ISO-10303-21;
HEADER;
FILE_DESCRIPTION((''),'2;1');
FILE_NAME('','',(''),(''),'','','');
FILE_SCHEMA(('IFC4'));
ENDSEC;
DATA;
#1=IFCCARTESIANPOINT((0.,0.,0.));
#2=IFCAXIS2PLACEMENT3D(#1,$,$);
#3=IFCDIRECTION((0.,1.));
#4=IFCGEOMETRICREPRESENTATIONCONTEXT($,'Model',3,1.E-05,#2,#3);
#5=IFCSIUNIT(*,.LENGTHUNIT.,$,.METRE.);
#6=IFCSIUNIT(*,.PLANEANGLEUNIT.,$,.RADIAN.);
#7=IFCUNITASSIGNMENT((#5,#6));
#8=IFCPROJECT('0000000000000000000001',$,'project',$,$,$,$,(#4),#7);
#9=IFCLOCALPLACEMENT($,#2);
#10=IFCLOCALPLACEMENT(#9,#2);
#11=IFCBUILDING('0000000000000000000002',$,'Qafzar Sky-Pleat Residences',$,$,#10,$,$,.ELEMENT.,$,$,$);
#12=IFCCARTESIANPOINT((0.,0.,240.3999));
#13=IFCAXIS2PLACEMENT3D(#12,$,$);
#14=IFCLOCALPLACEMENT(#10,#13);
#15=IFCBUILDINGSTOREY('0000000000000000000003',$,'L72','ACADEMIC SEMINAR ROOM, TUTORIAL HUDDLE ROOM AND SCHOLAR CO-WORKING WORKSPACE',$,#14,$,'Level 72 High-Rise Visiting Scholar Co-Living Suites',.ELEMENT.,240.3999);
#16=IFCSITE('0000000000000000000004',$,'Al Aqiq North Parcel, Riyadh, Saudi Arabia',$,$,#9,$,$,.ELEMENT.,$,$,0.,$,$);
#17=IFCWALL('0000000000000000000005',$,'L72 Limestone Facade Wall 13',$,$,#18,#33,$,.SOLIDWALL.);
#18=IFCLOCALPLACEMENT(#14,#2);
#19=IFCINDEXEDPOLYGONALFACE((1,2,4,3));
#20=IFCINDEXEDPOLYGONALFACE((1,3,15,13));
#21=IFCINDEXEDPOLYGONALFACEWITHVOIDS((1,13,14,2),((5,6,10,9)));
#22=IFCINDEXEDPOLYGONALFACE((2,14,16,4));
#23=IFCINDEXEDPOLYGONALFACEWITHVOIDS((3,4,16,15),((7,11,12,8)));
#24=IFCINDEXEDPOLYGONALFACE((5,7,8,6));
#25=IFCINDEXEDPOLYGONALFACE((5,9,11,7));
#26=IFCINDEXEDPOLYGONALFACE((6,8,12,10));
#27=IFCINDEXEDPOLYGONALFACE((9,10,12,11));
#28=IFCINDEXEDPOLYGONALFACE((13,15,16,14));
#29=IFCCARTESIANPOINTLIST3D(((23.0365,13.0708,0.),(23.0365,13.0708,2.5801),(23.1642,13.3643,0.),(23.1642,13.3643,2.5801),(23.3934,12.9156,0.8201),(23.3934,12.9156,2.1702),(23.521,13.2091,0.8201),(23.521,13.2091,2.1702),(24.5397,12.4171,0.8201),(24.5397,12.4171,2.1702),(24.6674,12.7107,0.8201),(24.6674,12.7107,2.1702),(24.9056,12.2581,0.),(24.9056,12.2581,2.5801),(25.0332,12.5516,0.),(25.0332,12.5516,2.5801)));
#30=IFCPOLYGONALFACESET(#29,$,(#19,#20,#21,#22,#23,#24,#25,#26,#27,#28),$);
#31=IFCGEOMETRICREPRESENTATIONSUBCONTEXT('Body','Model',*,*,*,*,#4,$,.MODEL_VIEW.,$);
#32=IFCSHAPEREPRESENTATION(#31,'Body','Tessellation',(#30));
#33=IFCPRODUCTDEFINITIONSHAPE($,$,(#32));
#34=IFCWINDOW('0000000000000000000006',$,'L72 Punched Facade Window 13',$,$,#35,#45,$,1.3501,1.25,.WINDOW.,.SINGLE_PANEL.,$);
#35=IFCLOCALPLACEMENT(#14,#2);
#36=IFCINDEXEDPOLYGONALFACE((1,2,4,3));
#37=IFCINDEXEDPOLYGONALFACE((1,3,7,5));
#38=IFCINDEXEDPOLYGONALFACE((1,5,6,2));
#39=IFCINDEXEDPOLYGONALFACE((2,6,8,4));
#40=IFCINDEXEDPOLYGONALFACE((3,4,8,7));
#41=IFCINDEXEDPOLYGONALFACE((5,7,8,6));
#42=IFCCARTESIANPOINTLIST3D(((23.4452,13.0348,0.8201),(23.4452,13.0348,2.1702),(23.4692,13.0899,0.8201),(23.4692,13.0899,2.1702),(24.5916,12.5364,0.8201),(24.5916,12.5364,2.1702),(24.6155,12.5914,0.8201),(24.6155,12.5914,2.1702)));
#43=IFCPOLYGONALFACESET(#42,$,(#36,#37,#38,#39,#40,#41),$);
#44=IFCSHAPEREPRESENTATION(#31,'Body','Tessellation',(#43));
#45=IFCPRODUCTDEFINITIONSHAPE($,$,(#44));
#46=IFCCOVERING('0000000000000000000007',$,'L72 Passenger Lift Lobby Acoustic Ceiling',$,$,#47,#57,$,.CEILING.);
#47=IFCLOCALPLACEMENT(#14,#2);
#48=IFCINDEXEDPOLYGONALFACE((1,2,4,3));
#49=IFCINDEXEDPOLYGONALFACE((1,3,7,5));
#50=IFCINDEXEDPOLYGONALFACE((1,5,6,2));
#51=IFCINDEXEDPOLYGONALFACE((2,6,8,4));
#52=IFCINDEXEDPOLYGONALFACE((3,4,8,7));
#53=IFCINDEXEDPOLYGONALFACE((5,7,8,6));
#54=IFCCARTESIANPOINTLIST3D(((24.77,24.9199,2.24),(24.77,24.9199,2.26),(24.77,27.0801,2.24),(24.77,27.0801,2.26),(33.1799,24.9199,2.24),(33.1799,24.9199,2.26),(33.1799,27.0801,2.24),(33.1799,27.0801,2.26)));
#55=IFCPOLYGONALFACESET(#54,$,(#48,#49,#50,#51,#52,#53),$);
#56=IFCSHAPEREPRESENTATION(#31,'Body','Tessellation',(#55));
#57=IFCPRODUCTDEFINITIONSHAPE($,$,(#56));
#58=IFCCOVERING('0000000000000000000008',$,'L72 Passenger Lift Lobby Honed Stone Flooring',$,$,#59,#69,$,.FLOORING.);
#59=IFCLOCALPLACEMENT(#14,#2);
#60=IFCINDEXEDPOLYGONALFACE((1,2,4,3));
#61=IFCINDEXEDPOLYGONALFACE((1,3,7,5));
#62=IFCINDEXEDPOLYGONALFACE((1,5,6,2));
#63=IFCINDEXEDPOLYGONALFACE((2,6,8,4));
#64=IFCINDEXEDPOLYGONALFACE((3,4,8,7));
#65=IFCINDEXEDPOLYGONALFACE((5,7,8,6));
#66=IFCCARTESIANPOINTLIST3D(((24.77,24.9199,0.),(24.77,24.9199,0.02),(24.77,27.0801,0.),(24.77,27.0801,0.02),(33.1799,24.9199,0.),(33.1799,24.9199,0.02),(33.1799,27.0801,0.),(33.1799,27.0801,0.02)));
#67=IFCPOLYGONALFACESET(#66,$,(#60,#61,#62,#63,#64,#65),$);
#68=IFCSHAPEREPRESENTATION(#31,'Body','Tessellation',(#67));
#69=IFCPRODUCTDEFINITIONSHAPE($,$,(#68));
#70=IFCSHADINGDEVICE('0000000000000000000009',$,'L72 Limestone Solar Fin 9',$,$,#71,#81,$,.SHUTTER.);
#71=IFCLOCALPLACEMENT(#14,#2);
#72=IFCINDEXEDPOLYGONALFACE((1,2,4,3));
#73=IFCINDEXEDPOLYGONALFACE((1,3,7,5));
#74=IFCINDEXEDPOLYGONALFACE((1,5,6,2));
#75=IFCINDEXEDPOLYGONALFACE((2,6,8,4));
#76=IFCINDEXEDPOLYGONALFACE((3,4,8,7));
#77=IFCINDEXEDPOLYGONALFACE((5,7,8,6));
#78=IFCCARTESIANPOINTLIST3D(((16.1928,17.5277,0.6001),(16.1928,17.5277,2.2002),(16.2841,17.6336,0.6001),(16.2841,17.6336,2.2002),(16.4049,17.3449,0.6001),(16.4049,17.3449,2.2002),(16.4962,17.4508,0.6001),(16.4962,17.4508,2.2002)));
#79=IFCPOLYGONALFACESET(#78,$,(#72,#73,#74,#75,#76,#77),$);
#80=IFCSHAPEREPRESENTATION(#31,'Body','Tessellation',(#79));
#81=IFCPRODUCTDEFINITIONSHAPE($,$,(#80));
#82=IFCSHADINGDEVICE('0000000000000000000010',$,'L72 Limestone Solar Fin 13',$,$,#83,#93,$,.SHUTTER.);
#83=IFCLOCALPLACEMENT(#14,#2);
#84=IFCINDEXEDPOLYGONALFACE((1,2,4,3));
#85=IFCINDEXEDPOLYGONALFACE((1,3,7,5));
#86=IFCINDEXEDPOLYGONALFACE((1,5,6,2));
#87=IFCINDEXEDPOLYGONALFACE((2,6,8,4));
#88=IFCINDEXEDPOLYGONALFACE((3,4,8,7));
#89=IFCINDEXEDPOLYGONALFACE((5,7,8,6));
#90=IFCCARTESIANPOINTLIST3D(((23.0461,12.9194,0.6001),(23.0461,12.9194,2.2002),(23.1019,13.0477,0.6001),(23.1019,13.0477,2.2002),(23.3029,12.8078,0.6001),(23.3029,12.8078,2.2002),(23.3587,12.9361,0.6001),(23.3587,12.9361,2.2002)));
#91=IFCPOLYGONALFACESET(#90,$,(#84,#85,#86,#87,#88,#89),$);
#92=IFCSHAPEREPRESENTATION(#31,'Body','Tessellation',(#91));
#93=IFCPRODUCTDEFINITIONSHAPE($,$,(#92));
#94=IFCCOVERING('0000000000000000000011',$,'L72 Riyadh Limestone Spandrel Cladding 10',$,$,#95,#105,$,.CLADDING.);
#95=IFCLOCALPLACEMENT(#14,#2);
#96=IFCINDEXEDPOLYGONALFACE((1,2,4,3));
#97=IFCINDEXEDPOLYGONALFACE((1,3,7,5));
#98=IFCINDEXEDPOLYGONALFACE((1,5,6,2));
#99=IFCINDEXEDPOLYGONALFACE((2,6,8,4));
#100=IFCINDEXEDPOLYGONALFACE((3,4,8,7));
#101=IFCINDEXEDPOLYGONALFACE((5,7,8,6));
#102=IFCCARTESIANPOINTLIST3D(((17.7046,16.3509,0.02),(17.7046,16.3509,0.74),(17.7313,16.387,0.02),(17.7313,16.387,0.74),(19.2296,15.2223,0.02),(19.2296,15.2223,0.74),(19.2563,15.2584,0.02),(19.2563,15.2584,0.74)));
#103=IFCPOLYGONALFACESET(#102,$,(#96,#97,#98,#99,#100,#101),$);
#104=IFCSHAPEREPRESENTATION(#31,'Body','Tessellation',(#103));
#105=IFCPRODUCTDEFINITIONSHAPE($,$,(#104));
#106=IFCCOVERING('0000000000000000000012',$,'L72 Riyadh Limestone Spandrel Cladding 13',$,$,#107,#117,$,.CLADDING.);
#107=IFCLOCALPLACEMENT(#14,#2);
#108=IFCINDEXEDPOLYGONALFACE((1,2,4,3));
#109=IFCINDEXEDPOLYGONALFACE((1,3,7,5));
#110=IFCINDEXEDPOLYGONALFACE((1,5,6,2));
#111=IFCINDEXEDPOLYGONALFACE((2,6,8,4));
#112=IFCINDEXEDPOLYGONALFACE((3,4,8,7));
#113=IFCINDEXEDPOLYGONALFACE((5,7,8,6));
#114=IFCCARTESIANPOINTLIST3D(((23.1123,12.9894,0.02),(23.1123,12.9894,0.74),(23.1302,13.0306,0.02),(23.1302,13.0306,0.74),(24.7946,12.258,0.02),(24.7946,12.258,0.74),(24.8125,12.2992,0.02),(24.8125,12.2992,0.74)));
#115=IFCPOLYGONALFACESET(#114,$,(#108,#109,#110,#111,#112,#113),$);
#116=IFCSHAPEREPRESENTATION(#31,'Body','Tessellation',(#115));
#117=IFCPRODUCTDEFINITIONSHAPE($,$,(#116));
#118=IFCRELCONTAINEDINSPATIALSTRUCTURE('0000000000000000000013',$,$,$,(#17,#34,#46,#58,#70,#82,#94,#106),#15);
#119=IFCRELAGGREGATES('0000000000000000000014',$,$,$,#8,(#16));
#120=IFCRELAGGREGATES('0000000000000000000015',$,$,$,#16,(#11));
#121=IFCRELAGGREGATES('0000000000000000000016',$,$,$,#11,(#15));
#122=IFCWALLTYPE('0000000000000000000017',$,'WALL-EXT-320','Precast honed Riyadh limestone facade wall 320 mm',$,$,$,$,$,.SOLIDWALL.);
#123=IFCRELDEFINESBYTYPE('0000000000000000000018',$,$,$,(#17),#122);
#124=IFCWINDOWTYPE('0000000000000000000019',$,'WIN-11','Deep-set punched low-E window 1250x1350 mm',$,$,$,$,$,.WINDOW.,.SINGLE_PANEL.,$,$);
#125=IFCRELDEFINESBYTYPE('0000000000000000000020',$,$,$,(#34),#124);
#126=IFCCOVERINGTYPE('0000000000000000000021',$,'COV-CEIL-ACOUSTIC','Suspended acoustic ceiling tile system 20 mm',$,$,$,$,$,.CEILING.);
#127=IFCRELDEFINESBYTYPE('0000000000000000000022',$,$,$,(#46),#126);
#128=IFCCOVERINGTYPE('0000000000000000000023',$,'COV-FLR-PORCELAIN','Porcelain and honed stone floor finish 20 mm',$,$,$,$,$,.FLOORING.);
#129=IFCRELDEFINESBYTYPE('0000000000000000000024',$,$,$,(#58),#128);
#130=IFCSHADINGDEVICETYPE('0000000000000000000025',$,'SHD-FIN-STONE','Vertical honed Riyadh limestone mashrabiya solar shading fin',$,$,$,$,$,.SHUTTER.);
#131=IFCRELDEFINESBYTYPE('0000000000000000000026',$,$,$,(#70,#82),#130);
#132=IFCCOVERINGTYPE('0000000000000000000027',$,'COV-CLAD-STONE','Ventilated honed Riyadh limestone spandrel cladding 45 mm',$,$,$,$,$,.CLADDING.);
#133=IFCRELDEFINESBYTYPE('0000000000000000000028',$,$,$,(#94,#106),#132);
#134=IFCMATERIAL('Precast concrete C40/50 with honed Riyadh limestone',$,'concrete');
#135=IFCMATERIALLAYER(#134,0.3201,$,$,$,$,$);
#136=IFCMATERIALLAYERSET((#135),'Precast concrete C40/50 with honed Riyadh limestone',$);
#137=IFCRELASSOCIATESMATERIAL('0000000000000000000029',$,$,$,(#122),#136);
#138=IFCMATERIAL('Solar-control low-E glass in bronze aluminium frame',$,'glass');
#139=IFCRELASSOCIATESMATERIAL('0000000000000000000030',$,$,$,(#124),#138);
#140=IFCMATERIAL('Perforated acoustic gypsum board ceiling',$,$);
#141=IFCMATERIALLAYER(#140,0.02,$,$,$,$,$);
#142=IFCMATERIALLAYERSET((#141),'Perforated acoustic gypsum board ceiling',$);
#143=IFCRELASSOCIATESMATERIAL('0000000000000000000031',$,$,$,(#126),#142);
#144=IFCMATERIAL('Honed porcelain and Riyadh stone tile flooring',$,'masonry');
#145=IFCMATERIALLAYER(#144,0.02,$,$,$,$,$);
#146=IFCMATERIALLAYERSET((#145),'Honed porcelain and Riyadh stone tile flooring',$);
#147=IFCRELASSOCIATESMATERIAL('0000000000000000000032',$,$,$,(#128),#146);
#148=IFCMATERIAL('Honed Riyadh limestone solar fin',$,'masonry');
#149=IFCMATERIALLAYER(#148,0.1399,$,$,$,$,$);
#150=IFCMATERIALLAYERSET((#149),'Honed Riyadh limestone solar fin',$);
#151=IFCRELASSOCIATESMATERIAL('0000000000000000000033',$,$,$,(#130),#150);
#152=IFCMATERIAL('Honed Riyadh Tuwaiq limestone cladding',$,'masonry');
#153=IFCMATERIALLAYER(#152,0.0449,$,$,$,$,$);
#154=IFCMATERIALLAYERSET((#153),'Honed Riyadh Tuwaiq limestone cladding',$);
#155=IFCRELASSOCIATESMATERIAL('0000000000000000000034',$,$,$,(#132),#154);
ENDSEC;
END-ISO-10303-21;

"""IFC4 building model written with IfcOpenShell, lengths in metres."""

from ifc_helpers import new_model, si_unit, direction, frame, frame_2d, origin, origin_2d, place, context, subcontext, project, spatial, polyline, rectangle, outline, extrude, source, transform, mapped, material, layer, layer_set, type_object, element, fill, save


model = new_model("IFC4")

# Units and contexts
model_context = context("Model", 3, precision=1e-05, world=origin(), true_north=direction((0.0, 1.0)))
body_context = subcontext(model_context, "Body", "Model", "MODEL_VIEW")
ifc_project = project(units=[si_unit("LENGTHUNIT", "METRE"), si_unit("PLANEANGLEUNIT", "RADIAN")], contexts=[model_context])

# Site, building, storey
site_placement = place(None, origin())
site = spatial("IfcSite", under=ifc_project, at=site_placement, Name="Al Aqiq North Parcel, Riyadh, Saudi Arabia", CompositionType="ELEMENT", RefElevation=0.0)
building_placement = place(site_placement, origin())
building = spatial("IfcBuilding", under=site, at=building_placement, Name="Qafzar Sky-Pleat Residences", CompositionType="ELEMENT")
storey_placement = place(building_placement, frame((0.0, 0.0, 240.3999)))
storey = spatial("IfcBuildingStorey", under=building, at=storey_placement, Name="L72", Description="ACADEMIC SEMINAR ROOM, TUTORIAL HUDDLE ROOM AND SCHOLAR CO-WORKING WORKSPACE", LongName="Level 72 High-Rise Visiting Scholar Co-Living Suites", CompositionType="ELEMENT", Elevation=240.3999)

# Wall, opening, window
ifc_material_1 = material(Name="Precast concrete C40/50 with honed Riyadh limestone", Category="concrete")
ifc_layer_1 = layer(ifc_material_1, 0.3201)
ifc_layer_set_1 = layer_set([ifc_layer_1], Name="Precast concrete C40/50 with honed Riyadh limestone")
wall_type_1 = type_object("IfcWallType", Name="WALL-EXT-320", Description="Precast honed Riyadh limestone facade wall 320 mm", PredefinedType="SOLIDWALL", material=ifc_layer_set_1)
ifc_material_2 = material(Name="Solar-control low-E glass in bronze aluminium frame", Category="glass")
window_type_1 = type_object("IfcWindowType", Name="WIN-11", Description="Deep-set punched low-E window 1250x1350 mm", PartitioningType="SINGLE_PANEL", PredefinedType="WINDOW", material=ifc_material_2)
shared_shape_1 = source(origin(), body_context, "Body", "SweptSolid", [
    extrude(rectangle(XDim=1.25, YDim=1.3501, at=frame_2d((0.625, 0.675))), frame((0.0, 0.03, 0.0), z_axis=(0.0, -1.0, 0.0), x_axis=(1.0, 0.0, 0.0)), (0.0, 0.0, 1.0), 0.0601),
])
wall_1_placement = place(storey_placement, frame((23.1003, 13.2175, 0.0), z_axis=(0.0, 0.0, 1.0), x_axis=(0.917057, -0.398757, 0.0)))
wall_1 = element("IfcWall", 1, at=wall_1_placement, inside=storey, type_object=wall_type_1, Name="L72 Limestone Facade Wall 13", PredefinedType="SOLIDWALL", context=body_context, shape_type="SweptSolid", body=[
    extrude(rectangle(XDim=2.0381, YDim=0.3201, at=frame_2d((1.019, 0.0))), origin(), (0.0, 0.0, 1.0), 2.5801),
])
opening_1_placement = place(wall_1_placement, frame((0.3892, 0.0, 0.8201)))
opening_1 = element("IfcOpeningElement", 2, at=opening_1_placement, cuts=wall_1, PredefinedType="OPENING", context=body_context, shape_type="SweptSolid", body=[
    extrude(rectangle(XDim=1.25, YDim=1.3501, at=frame_2d((0.625, 0.675))), frame((0.0, 0.1699, 0.0), z_axis=(0.0, -1.0, 0.0), x_axis=(1.0, 0.0, 0.0)), (0.0, 0.0, 1.0), 0.3401),
])
window_1_placement = place(opening_1_placement, origin())
window_1 = element("IfcWindow", 3, at=window_1_placement, inside=storey, type_object=window_type_1, Name="L72 Punched Facade Window 13", OverallHeight=1.3501, OverallWidth=1.25, PartitioningType="SINGLE_PANEL", PredefinedType="WINDOW", context=body_context, shape_type="MappedRepresentation", body=[
    mapped(shared_shape_1, transform((0.0, 0.0, 0.0), x_axis=(1.0, 0.0, 0.0), y_axis=(0.0, 1.0, 0.0), z_axis=(0.0, 0.0, 1.0), scale=1.0)),
])
fill(opening_1, window_1)

# Coverings
ifc_material_3 = material(Name="Perforated acoustic gypsum board ceiling")
ifc_layer_2 = layer(ifc_material_3, 0.02)
ifc_layer_set_2 = layer_set([ifc_layer_2], Name="Perforated acoustic gypsum board ceiling")
covering_type_1 = type_object("IfcCoveringType", Name="COV-CEIL-ACOUSTIC", Description="Suspended acoustic ceiling tile system 20 mm", PredefinedType="CEILING", material=ifc_layer_set_2)
covering_1_placement = place(storey_placement, frame((0.0, 0.0, 2.24)))
element("IfcCovering", 4, at=covering_1_placement, inside=storey, type_object=covering_type_1, Name="L72 Passenger Lift Lobby Acoustic Ceiling", PredefinedType="CEILING", context=body_context, shape_type="SweptSolid", body=[
    extrude(outline(polyline([(33.1799, 24.9199), (24.77, 24.9199), (24.77, 27.0801), (33.1799, 27.0801), (33.1799, 24.9199)])), origin(), (0.0, 0.0, 1.0), 0.02),
])
ifc_material_4 = material(Name="Honed porcelain and Riyadh stone tile flooring", Category="masonry")
ifc_layer_3 = layer(ifc_material_4, 0.02)
ifc_layer_set_3 = layer_set([ifc_layer_3], Name="Honed porcelain and Riyadh stone tile flooring")
covering_type_2 = type_object("IfcCoveringType", Name="COV-FLR-PORCELAIN", Description="Porcelain and honed stone floor finish 20 mm", PredefinedType="FLOORING", material=ifc_layer_set_3)
covering_2_placement = place(storey_placement, origin())
element("IfcCovering", 5, at=covering_2_placement, inside=storey, type_object=covering_type_2, Name="L72 Passenger Lift Lobby Honed Stone Flooring", PredefinedType="FLOORING", context=body_context, shape_type="SweptSolid", body=[
    extrude(outline(polyline([(33.1799, 24.9199), (24.77, 24.9199), (24.77, 27.0801), (33.1799, 27.0801), (33.1799, 24.9199)])), origin(), (0.0, 0.0, 1.0), 0.02),
])

# Shading devices
ifc_material_5 = material(Name="Honed Riyadh limestone solar fin", Category="masonry")
ifc_layer_4 = layer(ifc_material_5, 0.1399)
ifc_layer_set_4 = layer_set([ifc_layer_4], Name="Honed Riyadh limestone solar fin")
shading_device_type = type_object("IfcShadingDeviceType", Name="SHD-FIN-STONE", Description="Vertical honed Riyadh limestone mashrabiya solar shading fin", PredefinedType="SHUTTER", material=ifc_layer_set_4)
shared_shape_2 = source(origin(), body_context, "Body", "SweptSolid", [
    extrude(rectangle(XDim=0.1399, YDim=0.28, at=origin_2d()), origin(), (0.0, 0.0, 1.0), 1.6001),
])
for number, where, z_axis, x_axis, name in (
    (6, (16.3445, 17.4893, 0.6001), (0.0, 0.0, 1.0), (-0.652846, -0.757491, 0.0), "L72 Limestone Solar Fin 9"),
    (7, (23.2024, 12.9277, 0.6001), (0.0, 0.0, 1.0), (-0.398672, -0.917094, 0.0), "L72 Limestone Solar Fin 13"),
):
    element("IfcShadingDevice", number, at=place(storey_placement, frame(where, z_axis=z_axis, x_axis=x_axis)), inside=storey, type_object=shading_device_type, Name=name, PredefinedType="SHUTTER", context=body_context, shape_type="MappedRepresentation", body=[
        mapped(shared_shape_2, transform((0.0, 0.0, 0.0), x_axis=(1.0, 0.0, 0.0), y_axis=(0.0, 1.0, 0.0), z_axis=(0.0, 0.0, 1.0), scale=1.0)),
    ])

# Coverings
ifc_material_6 = material(Name="Honed Riyadh Tuwaiq limestone cladding", Category="masonry")
ifc_layer_5 = layer(ifc_material_6, 0.0449)
ifc_layer_set_5 = layer_set([ifc_layer_5], Name="Honed Riyadh Tuwaiq limestone cladding")
covering_type_3 = type_object("IfcCoveringType", Name="COV-CLAD-STONE", Description="Ventilated honed Riyadh limestone spandrel cladding 45 mm", PredefinedType="CLADDING", material=ifc_layer_set_5)
shared_shape_3 = source(origin(), body_context, "Body", "SweptSolid", [
    extrude(rectangle(XDim=1.8972, YDim=0.0449, at=origin_2d()), origin(), (0.0, 0.0, 1.0), 0.72),
])
covering_3_placement = place(storey_placement, frame((18.4805, 15.8047, 0.02), z_axis=(0.0, 0.0, 1.0), x_axis=(0.80382, -0.594872, 0.0)))
element("IfcCovering", 8, at=covering_3_placement, inside=storey, type_object=covering_type_3, Name="L72 Riyadh Limestone Spandrel Cladding 10", PredefinedType="CLADDING", context=body_context, shape_type="MappedRepresentation", body=[
    mapped(shared_shape_3, transform((0.0, 0.0, 0.0), x_axis=(1.0, 0.0, 0.0), y_axis=(0.0, 1.0, 0.0), z_axis=(0.0, 0.0, 1.0), scale=1.0)),
])
shared_shape_4 = source(origin(), body_context, "Body", "SweptSolid", [
    extrude(rectangle(XDim=1.8345, YDim=0.0449, at=origin_2d()), origin(), (0.0, 0.0, 1.0), 0.72),
])
covering_4_placement = place(storey_placement, frame((23.9624, 12.6443, 0.02), z_axis=(0.0, 0.0, 1.0), x_axis=(0.917087, -0.398687, 0.0)))
element("IfcCovering", 9, at=covering_4_placement, inside=storey, type_object=covering_type_3, Name="L72 Riyadh Limestone Spandrel Cladding 13", PredefinedType="CLADDING", context=body_context, shape_type="MappedRepresentation", body=[
    mapped(shared_shape_4, transform((0.0, 0.0, 0.0), x_axis=(1.0, 0.0, 0.0), y_axis=(0.0, 1.0, 0.0), z_axis=(0.0, 0.0, 1.0), scale=1.0)),
])

save(model, "model.ifc")
